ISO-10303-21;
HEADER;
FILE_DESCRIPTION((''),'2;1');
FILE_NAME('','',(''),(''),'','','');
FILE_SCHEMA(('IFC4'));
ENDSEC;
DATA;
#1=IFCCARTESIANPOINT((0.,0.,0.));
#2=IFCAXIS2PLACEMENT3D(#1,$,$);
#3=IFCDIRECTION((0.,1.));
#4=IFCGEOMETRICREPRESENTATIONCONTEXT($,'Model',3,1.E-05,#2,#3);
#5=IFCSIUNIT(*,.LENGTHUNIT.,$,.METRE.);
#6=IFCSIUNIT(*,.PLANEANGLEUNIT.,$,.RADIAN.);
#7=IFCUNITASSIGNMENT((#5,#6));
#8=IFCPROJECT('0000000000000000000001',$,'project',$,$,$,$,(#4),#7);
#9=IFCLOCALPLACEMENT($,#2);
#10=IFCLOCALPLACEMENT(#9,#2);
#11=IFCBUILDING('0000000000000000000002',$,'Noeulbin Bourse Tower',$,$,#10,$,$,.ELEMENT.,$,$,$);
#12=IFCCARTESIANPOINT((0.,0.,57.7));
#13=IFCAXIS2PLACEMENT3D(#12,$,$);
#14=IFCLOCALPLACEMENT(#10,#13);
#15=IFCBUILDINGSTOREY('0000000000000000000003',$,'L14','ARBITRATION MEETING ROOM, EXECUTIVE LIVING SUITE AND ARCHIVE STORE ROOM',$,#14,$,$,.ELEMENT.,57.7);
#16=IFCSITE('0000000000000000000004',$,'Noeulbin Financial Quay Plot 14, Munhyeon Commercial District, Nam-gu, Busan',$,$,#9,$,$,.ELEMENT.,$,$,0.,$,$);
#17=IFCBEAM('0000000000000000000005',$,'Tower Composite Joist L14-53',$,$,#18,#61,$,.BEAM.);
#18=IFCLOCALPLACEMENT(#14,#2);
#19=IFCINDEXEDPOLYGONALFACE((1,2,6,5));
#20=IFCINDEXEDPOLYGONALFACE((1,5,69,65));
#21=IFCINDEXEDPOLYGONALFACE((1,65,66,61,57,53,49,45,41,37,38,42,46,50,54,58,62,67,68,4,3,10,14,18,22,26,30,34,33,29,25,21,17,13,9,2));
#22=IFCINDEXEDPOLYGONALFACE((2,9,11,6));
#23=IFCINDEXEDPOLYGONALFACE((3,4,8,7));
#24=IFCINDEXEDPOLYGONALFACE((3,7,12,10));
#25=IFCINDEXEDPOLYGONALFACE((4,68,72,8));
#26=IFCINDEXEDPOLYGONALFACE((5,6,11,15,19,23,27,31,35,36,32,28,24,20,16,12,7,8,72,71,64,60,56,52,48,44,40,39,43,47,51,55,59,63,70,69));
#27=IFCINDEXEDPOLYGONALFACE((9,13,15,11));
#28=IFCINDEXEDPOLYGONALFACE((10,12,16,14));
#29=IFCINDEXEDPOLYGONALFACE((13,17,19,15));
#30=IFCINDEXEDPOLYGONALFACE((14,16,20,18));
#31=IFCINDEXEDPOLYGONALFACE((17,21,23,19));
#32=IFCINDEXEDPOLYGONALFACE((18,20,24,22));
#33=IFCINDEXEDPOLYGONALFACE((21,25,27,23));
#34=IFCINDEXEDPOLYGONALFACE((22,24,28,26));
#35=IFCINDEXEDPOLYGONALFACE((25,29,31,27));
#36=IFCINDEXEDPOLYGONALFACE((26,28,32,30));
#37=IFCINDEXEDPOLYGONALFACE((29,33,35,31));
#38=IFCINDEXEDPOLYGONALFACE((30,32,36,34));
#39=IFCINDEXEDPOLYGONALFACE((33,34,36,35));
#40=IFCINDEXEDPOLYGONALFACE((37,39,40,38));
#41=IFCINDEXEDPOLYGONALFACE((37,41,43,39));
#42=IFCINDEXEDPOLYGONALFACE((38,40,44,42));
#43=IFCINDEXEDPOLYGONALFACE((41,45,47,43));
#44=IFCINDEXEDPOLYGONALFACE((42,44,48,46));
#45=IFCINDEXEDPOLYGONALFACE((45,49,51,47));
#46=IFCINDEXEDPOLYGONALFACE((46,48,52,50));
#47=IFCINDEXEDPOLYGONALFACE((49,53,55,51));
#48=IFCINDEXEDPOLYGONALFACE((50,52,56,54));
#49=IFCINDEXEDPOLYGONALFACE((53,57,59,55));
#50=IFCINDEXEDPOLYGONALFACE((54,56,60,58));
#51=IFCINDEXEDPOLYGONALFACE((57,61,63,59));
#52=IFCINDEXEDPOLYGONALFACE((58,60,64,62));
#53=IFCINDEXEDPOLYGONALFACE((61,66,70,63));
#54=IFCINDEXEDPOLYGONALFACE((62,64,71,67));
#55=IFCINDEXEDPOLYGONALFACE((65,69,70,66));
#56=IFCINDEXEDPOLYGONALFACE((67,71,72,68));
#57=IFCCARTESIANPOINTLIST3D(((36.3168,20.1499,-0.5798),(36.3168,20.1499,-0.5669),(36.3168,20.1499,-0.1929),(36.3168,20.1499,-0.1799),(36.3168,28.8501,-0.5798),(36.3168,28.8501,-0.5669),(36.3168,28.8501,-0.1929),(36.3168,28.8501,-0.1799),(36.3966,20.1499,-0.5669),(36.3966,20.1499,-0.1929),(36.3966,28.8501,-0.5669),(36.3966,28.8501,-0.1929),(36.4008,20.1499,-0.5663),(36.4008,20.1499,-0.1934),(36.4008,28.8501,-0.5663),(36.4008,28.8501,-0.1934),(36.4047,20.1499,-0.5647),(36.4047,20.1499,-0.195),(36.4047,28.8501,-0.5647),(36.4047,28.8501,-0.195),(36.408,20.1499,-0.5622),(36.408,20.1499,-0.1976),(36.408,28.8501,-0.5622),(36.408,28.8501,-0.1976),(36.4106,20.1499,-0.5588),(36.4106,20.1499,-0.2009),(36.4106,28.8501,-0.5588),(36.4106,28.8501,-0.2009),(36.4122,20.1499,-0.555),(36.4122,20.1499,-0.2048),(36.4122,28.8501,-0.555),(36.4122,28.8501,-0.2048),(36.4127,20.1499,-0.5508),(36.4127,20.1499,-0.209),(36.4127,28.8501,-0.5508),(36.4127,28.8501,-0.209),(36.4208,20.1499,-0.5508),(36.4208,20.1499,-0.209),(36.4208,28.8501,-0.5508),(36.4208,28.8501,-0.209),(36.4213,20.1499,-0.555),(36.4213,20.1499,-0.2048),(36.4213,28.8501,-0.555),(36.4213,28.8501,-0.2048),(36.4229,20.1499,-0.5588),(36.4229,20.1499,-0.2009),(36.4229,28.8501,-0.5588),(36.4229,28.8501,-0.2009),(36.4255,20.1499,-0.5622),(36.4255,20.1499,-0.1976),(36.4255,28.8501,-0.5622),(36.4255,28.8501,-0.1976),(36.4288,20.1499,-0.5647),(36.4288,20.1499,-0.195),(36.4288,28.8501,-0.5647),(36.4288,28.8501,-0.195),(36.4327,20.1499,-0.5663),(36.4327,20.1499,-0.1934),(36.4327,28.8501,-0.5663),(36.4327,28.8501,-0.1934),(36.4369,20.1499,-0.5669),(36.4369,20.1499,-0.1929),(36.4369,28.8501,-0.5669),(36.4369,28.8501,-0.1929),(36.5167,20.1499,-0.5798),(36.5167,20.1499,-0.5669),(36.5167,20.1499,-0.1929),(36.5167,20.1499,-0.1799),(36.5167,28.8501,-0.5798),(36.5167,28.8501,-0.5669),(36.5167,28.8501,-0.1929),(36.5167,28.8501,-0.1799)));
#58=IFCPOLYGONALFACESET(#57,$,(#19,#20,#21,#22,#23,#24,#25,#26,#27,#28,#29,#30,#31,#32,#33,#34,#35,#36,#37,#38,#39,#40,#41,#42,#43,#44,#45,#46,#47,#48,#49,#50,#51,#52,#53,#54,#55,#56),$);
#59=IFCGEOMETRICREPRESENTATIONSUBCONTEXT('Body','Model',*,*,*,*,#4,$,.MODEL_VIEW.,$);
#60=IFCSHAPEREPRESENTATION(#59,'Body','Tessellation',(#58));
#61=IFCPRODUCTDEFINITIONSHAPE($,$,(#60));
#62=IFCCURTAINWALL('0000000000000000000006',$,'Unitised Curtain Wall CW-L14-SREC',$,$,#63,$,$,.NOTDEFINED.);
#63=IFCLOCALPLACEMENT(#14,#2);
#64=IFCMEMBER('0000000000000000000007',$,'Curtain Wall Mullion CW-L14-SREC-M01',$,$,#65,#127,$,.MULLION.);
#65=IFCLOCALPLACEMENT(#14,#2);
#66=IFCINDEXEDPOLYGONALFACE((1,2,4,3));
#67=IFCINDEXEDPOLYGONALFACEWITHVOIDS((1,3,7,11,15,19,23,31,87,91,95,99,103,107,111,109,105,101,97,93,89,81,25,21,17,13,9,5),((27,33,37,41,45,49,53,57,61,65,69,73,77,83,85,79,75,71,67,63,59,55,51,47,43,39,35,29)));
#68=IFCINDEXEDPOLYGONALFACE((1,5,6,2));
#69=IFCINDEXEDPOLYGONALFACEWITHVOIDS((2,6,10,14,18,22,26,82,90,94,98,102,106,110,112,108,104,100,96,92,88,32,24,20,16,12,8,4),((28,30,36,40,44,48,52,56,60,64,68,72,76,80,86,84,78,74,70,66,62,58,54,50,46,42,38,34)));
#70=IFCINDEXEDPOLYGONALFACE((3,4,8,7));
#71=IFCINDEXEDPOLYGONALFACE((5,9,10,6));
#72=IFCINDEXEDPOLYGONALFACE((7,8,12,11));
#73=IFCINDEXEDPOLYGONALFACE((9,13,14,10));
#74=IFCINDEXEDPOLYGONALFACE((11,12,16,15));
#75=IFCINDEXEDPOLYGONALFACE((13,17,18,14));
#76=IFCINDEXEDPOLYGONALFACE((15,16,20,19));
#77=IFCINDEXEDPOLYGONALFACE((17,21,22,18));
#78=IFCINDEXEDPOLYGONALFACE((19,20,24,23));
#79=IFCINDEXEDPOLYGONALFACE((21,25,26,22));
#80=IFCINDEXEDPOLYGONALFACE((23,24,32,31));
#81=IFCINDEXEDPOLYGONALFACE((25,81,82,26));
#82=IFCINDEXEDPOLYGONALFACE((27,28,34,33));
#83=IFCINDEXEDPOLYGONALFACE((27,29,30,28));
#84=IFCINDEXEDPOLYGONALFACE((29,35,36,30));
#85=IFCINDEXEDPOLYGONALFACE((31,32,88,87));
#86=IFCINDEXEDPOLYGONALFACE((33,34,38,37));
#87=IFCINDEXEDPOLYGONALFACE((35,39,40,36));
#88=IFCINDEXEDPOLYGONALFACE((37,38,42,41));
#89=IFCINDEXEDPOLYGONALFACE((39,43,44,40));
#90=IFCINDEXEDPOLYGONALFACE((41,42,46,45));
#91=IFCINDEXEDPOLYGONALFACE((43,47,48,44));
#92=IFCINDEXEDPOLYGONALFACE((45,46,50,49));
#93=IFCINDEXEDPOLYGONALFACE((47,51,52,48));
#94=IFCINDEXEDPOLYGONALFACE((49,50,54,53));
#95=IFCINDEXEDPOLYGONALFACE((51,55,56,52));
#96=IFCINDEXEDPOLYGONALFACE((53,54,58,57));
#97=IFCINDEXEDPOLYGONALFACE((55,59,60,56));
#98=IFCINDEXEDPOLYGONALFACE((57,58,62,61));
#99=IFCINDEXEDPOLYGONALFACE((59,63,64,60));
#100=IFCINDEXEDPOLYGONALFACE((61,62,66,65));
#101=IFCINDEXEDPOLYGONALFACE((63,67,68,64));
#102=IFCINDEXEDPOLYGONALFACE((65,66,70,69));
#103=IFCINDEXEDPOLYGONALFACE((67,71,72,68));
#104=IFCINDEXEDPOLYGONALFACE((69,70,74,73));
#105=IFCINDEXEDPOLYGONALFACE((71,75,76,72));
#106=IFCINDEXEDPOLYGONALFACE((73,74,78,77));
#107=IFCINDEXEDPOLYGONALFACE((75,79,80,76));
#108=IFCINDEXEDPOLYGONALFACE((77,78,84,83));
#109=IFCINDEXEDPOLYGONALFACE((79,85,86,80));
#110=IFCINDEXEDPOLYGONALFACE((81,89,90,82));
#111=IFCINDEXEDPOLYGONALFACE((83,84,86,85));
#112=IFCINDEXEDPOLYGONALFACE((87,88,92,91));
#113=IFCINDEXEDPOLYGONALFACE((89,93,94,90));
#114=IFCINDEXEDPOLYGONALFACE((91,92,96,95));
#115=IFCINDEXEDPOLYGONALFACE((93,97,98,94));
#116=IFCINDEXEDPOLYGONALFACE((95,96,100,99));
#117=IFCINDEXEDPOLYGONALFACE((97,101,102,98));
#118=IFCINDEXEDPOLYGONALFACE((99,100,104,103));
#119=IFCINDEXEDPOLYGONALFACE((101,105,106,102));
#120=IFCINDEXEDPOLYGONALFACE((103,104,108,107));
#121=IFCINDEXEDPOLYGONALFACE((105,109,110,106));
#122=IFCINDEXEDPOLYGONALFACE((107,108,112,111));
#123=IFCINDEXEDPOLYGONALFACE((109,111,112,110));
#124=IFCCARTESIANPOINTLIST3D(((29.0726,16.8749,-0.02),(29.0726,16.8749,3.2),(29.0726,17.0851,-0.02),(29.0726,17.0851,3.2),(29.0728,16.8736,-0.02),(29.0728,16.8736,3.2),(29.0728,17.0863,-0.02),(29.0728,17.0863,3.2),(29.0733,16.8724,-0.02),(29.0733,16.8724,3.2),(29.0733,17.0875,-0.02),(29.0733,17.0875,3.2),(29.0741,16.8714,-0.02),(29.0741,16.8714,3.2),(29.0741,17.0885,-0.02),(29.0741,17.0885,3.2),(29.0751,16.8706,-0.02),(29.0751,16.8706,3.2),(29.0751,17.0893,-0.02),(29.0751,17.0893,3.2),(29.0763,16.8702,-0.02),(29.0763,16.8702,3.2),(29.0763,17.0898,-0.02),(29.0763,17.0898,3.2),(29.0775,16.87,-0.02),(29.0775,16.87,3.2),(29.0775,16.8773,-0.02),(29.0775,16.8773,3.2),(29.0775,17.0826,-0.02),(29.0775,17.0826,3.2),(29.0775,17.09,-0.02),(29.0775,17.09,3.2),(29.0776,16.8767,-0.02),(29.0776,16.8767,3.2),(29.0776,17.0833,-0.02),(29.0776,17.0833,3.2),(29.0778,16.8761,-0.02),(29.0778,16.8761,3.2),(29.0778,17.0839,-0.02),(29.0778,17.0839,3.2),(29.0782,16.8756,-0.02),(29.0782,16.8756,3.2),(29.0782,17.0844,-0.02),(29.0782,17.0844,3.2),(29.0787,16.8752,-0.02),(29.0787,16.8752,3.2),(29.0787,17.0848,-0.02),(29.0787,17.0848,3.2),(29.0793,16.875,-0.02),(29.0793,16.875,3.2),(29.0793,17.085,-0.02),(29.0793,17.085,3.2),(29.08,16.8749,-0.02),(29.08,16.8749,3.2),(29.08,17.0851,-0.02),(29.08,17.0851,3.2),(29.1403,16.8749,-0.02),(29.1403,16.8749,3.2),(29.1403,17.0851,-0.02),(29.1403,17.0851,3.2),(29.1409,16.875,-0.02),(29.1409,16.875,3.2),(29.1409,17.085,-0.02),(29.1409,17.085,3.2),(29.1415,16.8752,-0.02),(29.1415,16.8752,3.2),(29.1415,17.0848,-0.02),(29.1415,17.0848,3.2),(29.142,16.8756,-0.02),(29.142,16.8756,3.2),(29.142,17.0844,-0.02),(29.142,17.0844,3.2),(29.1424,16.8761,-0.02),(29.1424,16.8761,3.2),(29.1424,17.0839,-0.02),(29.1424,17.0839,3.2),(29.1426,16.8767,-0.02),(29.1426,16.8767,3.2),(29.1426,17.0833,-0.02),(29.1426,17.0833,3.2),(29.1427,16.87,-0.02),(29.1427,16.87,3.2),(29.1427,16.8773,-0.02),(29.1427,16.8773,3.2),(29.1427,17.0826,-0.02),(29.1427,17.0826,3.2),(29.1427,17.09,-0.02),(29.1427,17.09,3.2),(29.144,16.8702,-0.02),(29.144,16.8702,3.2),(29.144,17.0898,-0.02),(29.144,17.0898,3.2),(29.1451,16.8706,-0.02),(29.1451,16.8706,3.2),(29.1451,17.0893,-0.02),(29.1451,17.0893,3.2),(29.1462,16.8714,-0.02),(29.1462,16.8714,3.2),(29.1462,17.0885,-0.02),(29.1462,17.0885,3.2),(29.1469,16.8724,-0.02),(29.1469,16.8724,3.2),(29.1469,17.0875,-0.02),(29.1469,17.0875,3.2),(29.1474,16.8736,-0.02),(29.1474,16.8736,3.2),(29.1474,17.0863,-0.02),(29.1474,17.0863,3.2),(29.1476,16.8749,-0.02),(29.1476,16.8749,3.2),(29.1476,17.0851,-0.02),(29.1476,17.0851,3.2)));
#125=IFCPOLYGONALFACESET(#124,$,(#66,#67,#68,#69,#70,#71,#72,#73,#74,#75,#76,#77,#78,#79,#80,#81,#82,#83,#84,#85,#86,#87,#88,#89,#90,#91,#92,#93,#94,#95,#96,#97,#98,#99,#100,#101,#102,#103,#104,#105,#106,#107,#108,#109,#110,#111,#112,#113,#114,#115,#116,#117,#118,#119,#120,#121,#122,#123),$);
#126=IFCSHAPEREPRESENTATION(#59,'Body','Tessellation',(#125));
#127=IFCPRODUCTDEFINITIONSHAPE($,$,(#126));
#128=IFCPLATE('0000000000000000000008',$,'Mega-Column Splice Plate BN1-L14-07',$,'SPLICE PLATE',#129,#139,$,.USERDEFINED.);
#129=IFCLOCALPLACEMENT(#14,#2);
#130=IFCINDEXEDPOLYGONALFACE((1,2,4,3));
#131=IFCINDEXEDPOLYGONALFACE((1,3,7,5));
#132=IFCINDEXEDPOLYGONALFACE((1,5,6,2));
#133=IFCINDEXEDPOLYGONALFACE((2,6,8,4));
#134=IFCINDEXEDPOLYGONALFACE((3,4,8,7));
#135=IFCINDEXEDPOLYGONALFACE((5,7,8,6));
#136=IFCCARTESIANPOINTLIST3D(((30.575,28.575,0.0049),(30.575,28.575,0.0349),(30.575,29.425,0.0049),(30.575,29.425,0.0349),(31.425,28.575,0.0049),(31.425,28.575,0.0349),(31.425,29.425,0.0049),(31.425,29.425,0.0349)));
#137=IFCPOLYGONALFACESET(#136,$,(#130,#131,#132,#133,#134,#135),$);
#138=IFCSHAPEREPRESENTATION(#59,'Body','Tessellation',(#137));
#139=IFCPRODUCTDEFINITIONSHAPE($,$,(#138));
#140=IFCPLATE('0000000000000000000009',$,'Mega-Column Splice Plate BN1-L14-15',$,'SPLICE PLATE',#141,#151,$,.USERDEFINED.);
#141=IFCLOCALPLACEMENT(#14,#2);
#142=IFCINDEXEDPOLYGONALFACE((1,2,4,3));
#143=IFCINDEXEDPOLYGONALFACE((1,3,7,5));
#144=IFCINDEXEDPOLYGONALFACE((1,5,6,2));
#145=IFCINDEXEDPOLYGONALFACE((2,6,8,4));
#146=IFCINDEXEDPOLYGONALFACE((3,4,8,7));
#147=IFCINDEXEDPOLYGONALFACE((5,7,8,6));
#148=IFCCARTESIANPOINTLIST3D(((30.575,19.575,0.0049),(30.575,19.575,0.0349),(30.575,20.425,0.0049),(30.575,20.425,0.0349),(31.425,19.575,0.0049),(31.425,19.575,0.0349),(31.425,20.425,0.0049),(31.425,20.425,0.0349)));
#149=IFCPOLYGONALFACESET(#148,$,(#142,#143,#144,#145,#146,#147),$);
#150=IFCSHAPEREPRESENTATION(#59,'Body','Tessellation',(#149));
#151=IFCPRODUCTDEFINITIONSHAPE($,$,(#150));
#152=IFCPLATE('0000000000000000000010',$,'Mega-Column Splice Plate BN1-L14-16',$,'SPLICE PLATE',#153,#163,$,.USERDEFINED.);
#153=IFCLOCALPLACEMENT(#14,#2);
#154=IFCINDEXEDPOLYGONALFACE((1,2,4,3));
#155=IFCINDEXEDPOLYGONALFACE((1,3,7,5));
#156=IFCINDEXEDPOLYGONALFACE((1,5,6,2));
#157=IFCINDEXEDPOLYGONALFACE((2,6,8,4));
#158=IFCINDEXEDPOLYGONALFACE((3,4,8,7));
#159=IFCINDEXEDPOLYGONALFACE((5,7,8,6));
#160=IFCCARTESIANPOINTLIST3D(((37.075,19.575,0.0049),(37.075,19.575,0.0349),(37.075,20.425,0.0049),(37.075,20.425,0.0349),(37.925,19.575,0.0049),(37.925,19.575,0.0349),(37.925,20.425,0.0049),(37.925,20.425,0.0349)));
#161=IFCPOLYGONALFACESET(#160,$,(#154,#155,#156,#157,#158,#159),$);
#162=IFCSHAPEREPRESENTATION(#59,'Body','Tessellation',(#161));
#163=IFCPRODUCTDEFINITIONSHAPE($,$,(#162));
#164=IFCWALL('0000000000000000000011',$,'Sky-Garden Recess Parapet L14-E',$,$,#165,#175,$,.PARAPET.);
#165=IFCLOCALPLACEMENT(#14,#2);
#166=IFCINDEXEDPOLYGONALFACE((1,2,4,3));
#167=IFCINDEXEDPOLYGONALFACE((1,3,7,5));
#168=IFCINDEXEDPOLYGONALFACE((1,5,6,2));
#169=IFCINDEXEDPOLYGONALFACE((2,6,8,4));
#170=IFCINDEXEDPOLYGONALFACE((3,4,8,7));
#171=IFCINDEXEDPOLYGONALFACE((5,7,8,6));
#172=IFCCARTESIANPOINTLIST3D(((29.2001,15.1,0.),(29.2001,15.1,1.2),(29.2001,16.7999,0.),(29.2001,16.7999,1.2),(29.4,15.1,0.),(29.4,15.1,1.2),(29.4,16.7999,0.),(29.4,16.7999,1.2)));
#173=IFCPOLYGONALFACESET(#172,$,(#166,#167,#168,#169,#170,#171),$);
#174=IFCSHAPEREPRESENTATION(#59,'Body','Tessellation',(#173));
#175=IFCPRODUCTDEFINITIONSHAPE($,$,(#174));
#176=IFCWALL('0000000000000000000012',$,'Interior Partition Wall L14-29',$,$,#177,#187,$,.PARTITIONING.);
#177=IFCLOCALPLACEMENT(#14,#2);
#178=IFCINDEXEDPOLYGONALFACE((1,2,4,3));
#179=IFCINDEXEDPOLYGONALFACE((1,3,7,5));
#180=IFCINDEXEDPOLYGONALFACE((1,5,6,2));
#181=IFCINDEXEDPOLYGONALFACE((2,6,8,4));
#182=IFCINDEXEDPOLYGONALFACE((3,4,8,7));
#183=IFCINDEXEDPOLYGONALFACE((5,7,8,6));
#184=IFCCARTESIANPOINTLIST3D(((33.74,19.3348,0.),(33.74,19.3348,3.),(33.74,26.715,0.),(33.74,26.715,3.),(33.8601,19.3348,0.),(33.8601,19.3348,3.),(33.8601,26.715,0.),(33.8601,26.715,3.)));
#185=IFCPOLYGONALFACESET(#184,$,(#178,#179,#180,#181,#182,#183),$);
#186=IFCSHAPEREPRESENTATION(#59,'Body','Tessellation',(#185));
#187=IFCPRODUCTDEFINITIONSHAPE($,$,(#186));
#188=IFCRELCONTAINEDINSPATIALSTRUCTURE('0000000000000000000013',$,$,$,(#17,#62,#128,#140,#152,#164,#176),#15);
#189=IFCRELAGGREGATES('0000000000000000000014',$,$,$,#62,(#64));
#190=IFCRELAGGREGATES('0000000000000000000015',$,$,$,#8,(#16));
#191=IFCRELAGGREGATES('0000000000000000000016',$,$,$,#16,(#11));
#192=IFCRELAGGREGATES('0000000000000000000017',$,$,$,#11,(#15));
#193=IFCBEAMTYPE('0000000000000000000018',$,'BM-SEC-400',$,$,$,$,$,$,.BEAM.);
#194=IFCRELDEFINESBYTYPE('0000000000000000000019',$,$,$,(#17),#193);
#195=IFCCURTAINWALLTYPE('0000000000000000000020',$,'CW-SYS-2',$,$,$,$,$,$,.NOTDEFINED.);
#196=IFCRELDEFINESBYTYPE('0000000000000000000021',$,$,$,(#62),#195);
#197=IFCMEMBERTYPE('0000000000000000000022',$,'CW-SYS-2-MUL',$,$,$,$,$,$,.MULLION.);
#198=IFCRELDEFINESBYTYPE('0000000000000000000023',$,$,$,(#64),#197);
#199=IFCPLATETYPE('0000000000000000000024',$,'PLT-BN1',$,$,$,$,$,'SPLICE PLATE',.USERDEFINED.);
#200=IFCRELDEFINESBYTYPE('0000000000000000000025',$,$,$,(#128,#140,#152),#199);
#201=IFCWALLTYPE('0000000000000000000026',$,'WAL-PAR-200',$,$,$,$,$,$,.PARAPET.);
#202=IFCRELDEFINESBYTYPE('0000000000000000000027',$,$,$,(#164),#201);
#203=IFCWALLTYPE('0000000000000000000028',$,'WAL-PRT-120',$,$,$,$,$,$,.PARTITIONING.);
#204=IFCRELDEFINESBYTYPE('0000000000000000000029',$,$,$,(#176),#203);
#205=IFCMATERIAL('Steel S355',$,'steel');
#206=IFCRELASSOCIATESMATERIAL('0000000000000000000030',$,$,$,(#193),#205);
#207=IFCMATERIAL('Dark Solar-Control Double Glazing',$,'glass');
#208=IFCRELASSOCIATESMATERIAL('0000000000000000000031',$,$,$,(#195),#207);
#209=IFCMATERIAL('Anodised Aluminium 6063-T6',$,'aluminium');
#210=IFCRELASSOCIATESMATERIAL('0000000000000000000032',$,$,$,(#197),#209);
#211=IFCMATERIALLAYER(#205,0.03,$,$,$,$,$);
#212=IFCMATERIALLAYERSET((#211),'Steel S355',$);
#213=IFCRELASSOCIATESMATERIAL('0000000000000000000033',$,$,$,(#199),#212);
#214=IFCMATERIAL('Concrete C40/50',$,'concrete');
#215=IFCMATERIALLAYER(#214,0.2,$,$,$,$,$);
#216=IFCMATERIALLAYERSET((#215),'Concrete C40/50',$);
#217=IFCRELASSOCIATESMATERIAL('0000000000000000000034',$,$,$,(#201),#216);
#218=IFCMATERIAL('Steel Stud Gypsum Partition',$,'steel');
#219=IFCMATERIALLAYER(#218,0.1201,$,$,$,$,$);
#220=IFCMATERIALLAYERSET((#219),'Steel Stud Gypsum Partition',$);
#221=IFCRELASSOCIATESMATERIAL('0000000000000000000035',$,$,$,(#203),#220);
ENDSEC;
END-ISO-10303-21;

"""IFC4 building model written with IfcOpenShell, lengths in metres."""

from ifc_helpers import new_model, si_unit, direction, frame, frame_2d, origin, origin_2d, place, context, subcontext, project, spatial, rectangle, hollow_rectangle, i_section, extrude, material, layer, layer_set, material_profile, profile_set, type_object, element, aggregate, save


model = new_model("IFC4")

# Units and contexts
model_context = context("Model", 3, precision=1e-05, world=origin(), true_north=direction((0.0, 1.0)))
body_context = subcontext(model_context, "Body", "Model", "MODEL_VIEW")
ifc_project = project(units=[si_unit("LENGTHUNIT", "METRE"), si_unit("PLANEANGLEUNIT", "RADIAN")], contexts=[model_context])

# Site, building, storey
site_placement = place(None, origin())
site = spatial("IfcSite", under=ifc_project, at=site_placement, Name="Noeulbin Financial Quay Plot 14, Munhyeon Commercial District, Nam-gu, Busan", CompositionType="ELEMENT", RefElevation=0.0)
building_placement = place(site_placement, origin())
building = spatial("IfcBuilding", under=site, at=building_placement, Name="Noeulbin Bourse Tower", CompositionType="ELEMENT")
storey_placement = place(building_placement, frame((0.0, 0.0, 57.7)))
storey = spatial("IfcBuildingStorey", under=building, at=storey_placement, Name="L14", Description="ARBITRATION MEETING ROOM, EXECUTIVE LIVING SUITE AND ARCHIVE STORE ROOM", CompositionType="ELEMENT", Elevation=57.7)

# Beam
ifc_material_1 = material(Name="Steel S355", Category="steel")
ifc_material_profile_1 = material_profile(ifc_material_1, i_section(OverallWidth=0.2, OverallDepth=0.3999, WebThickness=0.0081, FlangeThickness=0.0129, FilletRadius=0.0161, at=origin_2d()), Name="H-400x200x8x13", Category="LoadBearing")
ifc_profile_set_1 = profile_set([ifc_material_profile_1], Name="Steel S355")
beam_type_1 = type_object("IfcBeamType", Name="BM-SEC-400", PredefinedType="BEAM", material=ifc_profile_set_1)
beam_1_placement = place(storey_placement, frame((36.4167, 20.1499, -0.3799), z_axis=(0.0, 1.0, 0.0), x_axis=(-1.0, 0.0, 0.0)))
element("IfcBeam", 1, at=beam_1_placement, inside=storey, type_object=beam_type_1, Name="Tower Composite Joist L14-53", PredefinedType="BEAM", context=body_context, shape_type="SweptSolid", body=[
    extrude(i_section(OverallWidth=0.2, OverallDepth=0.3999, WebThickness=0.0081, FlangeThickness=0.0129, FilletRadius=0.0161, at=origin_2d()), origin(), (0.0, 0.0, 1.0), 8.7002),
])

# Curtain wall, member
ifc_material_2 = material(Name="Dark Solar-Control Double Glazing", Category="glass")
curtain_wall_type = type_object("IfcCurtainWallType", Name="CW-SYS-2", PredefinedType="NOTDEFINED", material=ifc_material_2)
curtain_wall_placement = place(storey_placement, origin())
curtain_wall = element("IfcCurtainWall", 2, at=curtain_wall_placement, inside=storey, type_object=curtain_wall_type, Name="Unitised Curtain Wall CW-L14-SREC", PredefinedType="NOTDEFINED")
ifc_material_3 = material(Name="Anodised Aluminium 6063-T6", Category="aluminium")
ifc_material_profile_2 = material_profile(ifc_material_3, hollow_rectangle(XDim=0.075, YDim=0.22, WallThickness=0.0049, InnerFilletRadius=0.0024, OuterFilletRadius=0.0049, at=origin_2d()), Name="ALU-MULL-75x220x5", Category="LoadBearing")
ifc_profile_set_2 = profile_set([ifc_material_profile_2], Name="Anodised Aluminium 6063-T6")
member_type = type_object("IfcMemberType", Name="CW-SYS-2-MUL", PredefinedType="MULLION", material=ifc_profile_set_2)
member_placement = place(storey_placement, frame((29.1101, 16.98, -0.02), z_axis=(0.0, 0.0, 1.0), x_axis=(1.0, 0.0, 0.0)))
member = element("IfcMember", 3, at=member_placement, type_object=member_type, Name="Curtain Wall Mullion CW-L14-SREC-M01", PredefinedType="MULLION", context=body_context, shape_type="SweptSolid", body=[
    extrude(hollow_rectangle(XDim=0.075, YDim=0.22, WallThickness=0.0049, InnerFilletRadius=0.0024, OuterFilletRadius=0.0049, at=origin_2d()), origin(), (0.0, 0.0, 1.0), 3.22),
])
aggregate(curtain_wall, [member])

# Plates
ifc_layer_1 = layer(ifc_material_1, 0.03)
ifc_layer_set_1 = layer_set([ifc_layer_1], Name="Steel S355")
plate_type = type_object("IfcPlateType", Name="PLT-BN1", ElementType="SPLICE PLATE", PredefinedType="USERDEFINED", material=ifc_layer_set_1)
for number, where, z_axis, x_axis, name in (
    (4, (31.0, 29.0, 0.0049), (0.0, 0.0, 1.0), (1.0, 0.0, 0.0), "Mega-Column Splice Plate BN1-L14-07"),
    (5, (31.0, 20.0, 0.0049), (0.0, 0.0, 1.0), (1.0, 0.0, 0.0), "Mega-Column Splice Plate BN1-L14-15"),
    (6, (37.5, 20.0, 0.0049), (0.0, 0.0, 1.0), (1.0, 0.0, 0.0), "Mega-Column Splice Plate BN1-L14-16"),
):
    element("IfcPlate", number, at=place(storey_placement, frame(where, z_axis=z_axis, x_axis=x_axis)), inside=storey, type_object=plate_type, Name=name, ObjectType="SPLICE PLATE", PredefinedType="USERDEFINED", context=body_context, shape_type="SweptSolid", body=[
        extrude(rectangle(XDim=0.8501, YDim=0.8501, at=origin_2d()), origin(), (0.0, 0.0, 1.0), 0.03),
    ])

# Walls
ifc_material_4 = material(Name="Concrete C40/50", Category="concrete")
ifc_layer_2 = layer(ifc_material_4, 0.2)
ifc_layer_set_2 = layer_set([ifc_layer_2], Name="Concrete C40/50")
wall_type_1 = type_object("IfcWallType", Name="WAL-PAR-200", PredefinedType="PARAPET", material=ifc_layer_set_2)
wall_1_placement = place(storey_placement, frame((29.3, 16.8, 0.0), z_axis=(0.0, 0.0, 1.0), x_axis=(0.0, -1.0, 0.0)))
element("IfcWall", 7, at=wall_1_placement, inside=storey, type_object=wall_type_1, Name="Sky-Garden Recess Parapet L14-E", PredefinedType="PARAPET", context=body_context, shape_type="SweptSolid", body=[
    extrude(rectangle(XDim=1.7, YDim=0.2, at=frame_2d((0.8501, 0.0))), origin(), (0.0, 0.0, 1.0), 1.2),
])
ifc_material_5 = material(Name="Steel Stud Gypsum Partition", Category="steel")
ifc_layer_3 = layer(ifc_material_5, 0.1201)
ifc_layer_set_3 = layer_set([ifc_layer_3], Name="Steel Stud Gypsum Partition")
wall_type_2 = type_object("IfcWallType", Name="WAL-PRT-120", PredefinedType="PARTITIONING", material=ifc_layer_set_3)
wall_2_placement = place(storey_placement, frame((33.8, 19.335, 0.0), z_axis=(0.0, 0.0, 1.0), x_axis=(0.0, 1.0, 0.0)))
element("IfcWall", 8, at=wall_2_placement, inside=storey, type_object=wall_type_2, Name="Interior Partition Wall L14-29", PredefinedType="PARTITIONING", context=body_context, shape_type="SweptSolid", body=[
    extrude(rectangle(XDim=7.3801, YDim=0.1201, at=frame_2d((3.6899, 0.0))), origin(), (0.0, 0.0, 1.0), 3.0),
])

save(model, "model.ifc")
